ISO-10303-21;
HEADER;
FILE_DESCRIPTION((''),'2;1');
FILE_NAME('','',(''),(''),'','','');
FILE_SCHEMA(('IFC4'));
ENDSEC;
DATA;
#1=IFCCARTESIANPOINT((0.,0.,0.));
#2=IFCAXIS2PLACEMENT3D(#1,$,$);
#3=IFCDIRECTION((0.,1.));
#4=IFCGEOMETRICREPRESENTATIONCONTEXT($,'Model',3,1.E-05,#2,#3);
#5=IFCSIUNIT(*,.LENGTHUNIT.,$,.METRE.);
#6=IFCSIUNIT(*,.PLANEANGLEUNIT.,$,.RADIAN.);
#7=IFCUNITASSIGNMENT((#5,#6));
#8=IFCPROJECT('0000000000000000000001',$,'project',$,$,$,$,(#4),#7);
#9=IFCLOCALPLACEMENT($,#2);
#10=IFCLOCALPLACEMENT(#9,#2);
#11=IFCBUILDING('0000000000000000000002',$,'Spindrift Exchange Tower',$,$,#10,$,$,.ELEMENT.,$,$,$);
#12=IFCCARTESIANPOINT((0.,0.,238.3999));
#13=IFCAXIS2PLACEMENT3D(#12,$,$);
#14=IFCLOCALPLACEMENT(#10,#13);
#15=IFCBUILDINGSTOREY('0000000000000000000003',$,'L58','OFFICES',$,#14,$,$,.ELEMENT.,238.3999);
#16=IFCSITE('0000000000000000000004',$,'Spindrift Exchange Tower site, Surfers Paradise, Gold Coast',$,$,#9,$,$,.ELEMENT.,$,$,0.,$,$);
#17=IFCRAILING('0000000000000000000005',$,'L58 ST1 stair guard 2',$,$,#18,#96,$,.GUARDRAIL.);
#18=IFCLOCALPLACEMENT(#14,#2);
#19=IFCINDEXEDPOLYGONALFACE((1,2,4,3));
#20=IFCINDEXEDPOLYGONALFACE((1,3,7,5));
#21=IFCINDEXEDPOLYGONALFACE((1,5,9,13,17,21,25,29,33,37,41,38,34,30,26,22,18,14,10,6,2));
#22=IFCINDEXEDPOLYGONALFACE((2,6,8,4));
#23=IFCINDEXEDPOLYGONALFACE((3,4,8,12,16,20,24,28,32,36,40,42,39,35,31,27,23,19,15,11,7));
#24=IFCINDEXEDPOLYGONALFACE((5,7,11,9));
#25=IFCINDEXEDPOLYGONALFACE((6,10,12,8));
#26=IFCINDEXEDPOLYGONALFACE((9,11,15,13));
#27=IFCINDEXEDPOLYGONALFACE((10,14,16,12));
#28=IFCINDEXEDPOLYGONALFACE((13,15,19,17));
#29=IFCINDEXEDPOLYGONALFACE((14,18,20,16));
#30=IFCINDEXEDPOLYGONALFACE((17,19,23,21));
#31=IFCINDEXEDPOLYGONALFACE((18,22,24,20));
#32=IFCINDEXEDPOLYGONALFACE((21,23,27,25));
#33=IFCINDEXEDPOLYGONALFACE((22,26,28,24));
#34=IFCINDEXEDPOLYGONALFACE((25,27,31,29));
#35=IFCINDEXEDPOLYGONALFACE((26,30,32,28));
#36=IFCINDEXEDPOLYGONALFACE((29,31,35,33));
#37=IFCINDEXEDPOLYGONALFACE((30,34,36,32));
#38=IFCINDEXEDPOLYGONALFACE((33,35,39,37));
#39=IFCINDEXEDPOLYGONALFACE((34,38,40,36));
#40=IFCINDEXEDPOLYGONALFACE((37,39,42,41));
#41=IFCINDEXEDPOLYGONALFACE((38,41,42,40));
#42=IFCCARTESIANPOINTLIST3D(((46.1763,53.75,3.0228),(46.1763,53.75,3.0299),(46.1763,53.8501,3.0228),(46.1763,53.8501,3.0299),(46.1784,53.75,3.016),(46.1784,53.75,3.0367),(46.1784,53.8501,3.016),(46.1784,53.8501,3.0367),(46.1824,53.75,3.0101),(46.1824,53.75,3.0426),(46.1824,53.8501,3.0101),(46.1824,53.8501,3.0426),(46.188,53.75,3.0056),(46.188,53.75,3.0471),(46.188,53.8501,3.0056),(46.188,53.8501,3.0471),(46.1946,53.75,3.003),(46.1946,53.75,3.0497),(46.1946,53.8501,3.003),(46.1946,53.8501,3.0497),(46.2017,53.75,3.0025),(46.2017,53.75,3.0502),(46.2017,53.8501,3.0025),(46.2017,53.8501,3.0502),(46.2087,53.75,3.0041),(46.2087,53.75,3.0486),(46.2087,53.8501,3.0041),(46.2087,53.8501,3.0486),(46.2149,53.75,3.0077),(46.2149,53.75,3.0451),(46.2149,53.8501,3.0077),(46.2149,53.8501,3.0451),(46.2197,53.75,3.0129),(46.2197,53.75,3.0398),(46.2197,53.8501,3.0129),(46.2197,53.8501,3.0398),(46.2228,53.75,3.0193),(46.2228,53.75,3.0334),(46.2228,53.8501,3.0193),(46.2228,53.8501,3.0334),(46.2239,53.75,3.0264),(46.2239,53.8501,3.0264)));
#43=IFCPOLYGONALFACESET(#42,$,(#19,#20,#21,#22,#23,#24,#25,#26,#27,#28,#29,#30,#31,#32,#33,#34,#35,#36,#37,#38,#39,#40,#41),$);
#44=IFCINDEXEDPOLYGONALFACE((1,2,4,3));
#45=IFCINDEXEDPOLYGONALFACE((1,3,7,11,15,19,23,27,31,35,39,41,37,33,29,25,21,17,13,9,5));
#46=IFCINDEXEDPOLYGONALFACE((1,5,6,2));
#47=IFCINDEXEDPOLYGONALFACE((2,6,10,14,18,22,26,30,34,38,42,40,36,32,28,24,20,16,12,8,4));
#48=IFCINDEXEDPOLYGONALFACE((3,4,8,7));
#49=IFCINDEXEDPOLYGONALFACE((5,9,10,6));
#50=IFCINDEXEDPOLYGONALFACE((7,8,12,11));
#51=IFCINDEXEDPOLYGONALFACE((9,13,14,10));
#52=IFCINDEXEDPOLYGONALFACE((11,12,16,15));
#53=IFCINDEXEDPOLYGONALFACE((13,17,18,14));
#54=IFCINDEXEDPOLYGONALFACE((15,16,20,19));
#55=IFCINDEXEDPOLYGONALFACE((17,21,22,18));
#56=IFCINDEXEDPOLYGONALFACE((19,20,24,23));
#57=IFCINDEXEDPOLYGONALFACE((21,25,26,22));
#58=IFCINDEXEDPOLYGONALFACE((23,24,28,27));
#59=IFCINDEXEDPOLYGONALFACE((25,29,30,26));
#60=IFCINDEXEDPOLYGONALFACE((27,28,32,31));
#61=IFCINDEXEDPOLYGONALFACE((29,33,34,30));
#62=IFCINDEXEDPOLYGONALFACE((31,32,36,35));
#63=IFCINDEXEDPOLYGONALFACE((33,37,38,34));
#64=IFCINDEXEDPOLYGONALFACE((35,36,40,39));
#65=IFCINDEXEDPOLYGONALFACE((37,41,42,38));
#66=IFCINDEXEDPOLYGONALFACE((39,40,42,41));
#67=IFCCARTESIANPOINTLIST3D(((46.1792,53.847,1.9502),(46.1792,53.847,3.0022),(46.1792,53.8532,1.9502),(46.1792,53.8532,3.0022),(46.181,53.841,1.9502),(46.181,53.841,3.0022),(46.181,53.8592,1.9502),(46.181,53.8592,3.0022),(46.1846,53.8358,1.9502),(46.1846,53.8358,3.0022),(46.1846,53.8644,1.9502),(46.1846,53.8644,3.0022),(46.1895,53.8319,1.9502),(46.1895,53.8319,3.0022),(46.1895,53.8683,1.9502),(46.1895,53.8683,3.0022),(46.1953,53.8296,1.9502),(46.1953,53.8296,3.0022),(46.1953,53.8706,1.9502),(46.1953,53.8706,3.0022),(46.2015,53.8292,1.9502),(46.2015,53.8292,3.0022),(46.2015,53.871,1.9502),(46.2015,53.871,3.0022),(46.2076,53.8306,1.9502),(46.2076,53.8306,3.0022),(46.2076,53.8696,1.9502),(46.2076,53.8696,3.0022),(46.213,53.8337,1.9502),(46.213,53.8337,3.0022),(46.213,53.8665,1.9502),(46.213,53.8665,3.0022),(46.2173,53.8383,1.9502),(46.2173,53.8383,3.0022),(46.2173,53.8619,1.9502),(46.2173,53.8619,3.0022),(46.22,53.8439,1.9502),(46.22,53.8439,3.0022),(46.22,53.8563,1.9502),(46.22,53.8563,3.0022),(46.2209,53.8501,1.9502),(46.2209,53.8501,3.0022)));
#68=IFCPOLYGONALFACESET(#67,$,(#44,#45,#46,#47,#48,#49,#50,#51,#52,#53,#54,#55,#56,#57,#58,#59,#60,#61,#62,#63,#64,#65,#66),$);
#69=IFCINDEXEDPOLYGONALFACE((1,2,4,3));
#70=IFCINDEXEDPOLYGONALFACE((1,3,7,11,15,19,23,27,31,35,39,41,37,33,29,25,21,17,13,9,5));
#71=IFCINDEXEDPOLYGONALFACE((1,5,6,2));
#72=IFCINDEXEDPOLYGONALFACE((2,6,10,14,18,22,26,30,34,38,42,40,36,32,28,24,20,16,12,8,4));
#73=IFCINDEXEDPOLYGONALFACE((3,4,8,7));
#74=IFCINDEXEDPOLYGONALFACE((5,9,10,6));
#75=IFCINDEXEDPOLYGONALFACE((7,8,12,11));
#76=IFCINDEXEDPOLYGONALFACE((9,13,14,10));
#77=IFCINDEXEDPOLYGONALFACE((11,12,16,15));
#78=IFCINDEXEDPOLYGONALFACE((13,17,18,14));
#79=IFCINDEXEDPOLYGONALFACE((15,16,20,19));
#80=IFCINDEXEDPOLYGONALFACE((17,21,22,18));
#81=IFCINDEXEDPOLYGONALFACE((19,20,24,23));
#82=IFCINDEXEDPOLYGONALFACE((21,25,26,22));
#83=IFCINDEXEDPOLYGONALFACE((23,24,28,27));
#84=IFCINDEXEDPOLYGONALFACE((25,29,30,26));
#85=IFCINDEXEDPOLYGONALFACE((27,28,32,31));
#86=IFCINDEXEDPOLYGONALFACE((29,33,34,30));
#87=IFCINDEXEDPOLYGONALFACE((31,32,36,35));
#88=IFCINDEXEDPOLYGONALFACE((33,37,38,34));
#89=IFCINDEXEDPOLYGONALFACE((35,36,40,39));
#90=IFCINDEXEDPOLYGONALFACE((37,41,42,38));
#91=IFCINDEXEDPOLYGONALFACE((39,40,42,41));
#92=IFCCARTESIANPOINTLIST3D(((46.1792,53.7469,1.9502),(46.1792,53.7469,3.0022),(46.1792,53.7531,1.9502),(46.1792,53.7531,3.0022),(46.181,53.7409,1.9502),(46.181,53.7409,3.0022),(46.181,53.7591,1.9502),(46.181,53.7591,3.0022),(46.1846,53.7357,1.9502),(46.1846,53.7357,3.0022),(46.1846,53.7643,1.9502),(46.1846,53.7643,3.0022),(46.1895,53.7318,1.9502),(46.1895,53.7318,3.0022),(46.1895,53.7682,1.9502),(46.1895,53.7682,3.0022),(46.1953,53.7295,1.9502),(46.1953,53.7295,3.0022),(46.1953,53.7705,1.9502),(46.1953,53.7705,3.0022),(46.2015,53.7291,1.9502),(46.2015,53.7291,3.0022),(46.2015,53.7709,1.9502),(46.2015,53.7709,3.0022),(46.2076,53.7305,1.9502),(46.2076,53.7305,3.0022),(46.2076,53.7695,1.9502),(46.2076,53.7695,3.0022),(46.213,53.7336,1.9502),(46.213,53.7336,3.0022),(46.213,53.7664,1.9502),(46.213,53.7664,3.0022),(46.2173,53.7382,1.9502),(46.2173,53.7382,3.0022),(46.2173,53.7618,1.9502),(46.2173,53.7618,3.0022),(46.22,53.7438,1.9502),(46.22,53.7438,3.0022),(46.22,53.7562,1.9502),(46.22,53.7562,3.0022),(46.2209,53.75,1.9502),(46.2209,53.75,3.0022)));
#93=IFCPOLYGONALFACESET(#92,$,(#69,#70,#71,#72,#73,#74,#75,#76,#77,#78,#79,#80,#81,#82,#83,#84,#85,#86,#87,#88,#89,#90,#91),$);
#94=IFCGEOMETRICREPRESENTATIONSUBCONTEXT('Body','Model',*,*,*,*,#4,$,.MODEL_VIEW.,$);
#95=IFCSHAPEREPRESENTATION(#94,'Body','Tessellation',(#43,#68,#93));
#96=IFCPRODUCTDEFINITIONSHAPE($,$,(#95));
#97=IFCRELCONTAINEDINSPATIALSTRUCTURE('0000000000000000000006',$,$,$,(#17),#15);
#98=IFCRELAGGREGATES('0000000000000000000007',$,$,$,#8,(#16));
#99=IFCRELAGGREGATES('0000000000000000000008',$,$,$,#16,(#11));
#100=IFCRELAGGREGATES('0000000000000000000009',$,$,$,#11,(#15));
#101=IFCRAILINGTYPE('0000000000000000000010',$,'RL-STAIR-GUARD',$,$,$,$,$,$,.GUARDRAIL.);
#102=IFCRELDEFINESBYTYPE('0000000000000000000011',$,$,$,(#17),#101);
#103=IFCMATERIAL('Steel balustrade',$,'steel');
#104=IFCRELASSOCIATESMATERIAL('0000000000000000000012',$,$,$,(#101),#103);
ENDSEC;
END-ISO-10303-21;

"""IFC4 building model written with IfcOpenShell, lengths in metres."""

from ifc_helpers import new_model, si_unit, direction, frame, origin, origin_2d, place, context, subcontext, project, spatial, circle, extrude, material, type_object, element, save


model = new_model("IFC4")

# Units and contexts
model_context = context("Model", 3, precision=1e-05, world=origin(), true_north=direction((0.0, 1.0)))
body_context = subcontext(model_context, "Body", "Model", "MODEL_VIEW")
ifc_project = project(units=[si_unit("LENGTHUNIT", "METRE"), si_unit("PLANEANGLEUNIT", "RADIAN")], contexts=[model_context])

# Site, building, storey
site_placement = place(None, origin())
site = spatial("IfcSite", under=ifc_project, at=site_placement, Name="Spindrift Exchange Tower site, Surfers Paradise, Gold Coast", CompositionType="ELEMENT", RefElevation=0.0)
building_placement = place(site_placement, origin())
building = spatial("IfcBuilding", under=site, at=building_placement, Name="Spindrift Exchange Tower", CompositionType="ELEMENT")
storey_placement = place(building_placement, frame((0.0, 0.0, 238.3999)))
storey = spatial("IfcBuildingStorey", under=building, at=storey_placement, Name="L58", Description="OFFICES", CompositionType="ELEMENT", Elevation=238.3999)

# Railing
ifc_material_1 = material(Name="Steel balustrade", Category="steel")
railing_type_1 = type_object("IfcRailingType", Name="RL-STAIR-GUARD", PredefinedType="GUARDRAIL", material=ifc_material_1)
railing_1_placement = place(storey_placement, frame((46.2, 53.8501, 1.9502)))
element("IfcRailing", 1, at=railing_1_placement, inside=storey, type_object=railing_type_1, Name="L58 ST1 stair guard 2", PredefinedType="GUARDRAIL", context=body_context, shape_type="SweptSolid", body=[
    extrude(circle(Radius=0.0239, at=origin_2d()), frame((0.0, 0.0, 1.0762), z_axis=(0.0, -1.0, 0.0), x_axis=(1.0, 0.0, 0.0)), (0.0, 0.0, 1.0), 0.1001),
    extrude(circle(Radius=0.021, at=origin_2d()), origin(), (0.0, 0.0, 1.0), 1.052),
    extrude(circle(Radius=0.021, at=origin_2d()), frame((0.0, -0.1001, 0.0)), (0.0, 0.0, 1.0), 1.052),
])

save(model, "model.ifc")
